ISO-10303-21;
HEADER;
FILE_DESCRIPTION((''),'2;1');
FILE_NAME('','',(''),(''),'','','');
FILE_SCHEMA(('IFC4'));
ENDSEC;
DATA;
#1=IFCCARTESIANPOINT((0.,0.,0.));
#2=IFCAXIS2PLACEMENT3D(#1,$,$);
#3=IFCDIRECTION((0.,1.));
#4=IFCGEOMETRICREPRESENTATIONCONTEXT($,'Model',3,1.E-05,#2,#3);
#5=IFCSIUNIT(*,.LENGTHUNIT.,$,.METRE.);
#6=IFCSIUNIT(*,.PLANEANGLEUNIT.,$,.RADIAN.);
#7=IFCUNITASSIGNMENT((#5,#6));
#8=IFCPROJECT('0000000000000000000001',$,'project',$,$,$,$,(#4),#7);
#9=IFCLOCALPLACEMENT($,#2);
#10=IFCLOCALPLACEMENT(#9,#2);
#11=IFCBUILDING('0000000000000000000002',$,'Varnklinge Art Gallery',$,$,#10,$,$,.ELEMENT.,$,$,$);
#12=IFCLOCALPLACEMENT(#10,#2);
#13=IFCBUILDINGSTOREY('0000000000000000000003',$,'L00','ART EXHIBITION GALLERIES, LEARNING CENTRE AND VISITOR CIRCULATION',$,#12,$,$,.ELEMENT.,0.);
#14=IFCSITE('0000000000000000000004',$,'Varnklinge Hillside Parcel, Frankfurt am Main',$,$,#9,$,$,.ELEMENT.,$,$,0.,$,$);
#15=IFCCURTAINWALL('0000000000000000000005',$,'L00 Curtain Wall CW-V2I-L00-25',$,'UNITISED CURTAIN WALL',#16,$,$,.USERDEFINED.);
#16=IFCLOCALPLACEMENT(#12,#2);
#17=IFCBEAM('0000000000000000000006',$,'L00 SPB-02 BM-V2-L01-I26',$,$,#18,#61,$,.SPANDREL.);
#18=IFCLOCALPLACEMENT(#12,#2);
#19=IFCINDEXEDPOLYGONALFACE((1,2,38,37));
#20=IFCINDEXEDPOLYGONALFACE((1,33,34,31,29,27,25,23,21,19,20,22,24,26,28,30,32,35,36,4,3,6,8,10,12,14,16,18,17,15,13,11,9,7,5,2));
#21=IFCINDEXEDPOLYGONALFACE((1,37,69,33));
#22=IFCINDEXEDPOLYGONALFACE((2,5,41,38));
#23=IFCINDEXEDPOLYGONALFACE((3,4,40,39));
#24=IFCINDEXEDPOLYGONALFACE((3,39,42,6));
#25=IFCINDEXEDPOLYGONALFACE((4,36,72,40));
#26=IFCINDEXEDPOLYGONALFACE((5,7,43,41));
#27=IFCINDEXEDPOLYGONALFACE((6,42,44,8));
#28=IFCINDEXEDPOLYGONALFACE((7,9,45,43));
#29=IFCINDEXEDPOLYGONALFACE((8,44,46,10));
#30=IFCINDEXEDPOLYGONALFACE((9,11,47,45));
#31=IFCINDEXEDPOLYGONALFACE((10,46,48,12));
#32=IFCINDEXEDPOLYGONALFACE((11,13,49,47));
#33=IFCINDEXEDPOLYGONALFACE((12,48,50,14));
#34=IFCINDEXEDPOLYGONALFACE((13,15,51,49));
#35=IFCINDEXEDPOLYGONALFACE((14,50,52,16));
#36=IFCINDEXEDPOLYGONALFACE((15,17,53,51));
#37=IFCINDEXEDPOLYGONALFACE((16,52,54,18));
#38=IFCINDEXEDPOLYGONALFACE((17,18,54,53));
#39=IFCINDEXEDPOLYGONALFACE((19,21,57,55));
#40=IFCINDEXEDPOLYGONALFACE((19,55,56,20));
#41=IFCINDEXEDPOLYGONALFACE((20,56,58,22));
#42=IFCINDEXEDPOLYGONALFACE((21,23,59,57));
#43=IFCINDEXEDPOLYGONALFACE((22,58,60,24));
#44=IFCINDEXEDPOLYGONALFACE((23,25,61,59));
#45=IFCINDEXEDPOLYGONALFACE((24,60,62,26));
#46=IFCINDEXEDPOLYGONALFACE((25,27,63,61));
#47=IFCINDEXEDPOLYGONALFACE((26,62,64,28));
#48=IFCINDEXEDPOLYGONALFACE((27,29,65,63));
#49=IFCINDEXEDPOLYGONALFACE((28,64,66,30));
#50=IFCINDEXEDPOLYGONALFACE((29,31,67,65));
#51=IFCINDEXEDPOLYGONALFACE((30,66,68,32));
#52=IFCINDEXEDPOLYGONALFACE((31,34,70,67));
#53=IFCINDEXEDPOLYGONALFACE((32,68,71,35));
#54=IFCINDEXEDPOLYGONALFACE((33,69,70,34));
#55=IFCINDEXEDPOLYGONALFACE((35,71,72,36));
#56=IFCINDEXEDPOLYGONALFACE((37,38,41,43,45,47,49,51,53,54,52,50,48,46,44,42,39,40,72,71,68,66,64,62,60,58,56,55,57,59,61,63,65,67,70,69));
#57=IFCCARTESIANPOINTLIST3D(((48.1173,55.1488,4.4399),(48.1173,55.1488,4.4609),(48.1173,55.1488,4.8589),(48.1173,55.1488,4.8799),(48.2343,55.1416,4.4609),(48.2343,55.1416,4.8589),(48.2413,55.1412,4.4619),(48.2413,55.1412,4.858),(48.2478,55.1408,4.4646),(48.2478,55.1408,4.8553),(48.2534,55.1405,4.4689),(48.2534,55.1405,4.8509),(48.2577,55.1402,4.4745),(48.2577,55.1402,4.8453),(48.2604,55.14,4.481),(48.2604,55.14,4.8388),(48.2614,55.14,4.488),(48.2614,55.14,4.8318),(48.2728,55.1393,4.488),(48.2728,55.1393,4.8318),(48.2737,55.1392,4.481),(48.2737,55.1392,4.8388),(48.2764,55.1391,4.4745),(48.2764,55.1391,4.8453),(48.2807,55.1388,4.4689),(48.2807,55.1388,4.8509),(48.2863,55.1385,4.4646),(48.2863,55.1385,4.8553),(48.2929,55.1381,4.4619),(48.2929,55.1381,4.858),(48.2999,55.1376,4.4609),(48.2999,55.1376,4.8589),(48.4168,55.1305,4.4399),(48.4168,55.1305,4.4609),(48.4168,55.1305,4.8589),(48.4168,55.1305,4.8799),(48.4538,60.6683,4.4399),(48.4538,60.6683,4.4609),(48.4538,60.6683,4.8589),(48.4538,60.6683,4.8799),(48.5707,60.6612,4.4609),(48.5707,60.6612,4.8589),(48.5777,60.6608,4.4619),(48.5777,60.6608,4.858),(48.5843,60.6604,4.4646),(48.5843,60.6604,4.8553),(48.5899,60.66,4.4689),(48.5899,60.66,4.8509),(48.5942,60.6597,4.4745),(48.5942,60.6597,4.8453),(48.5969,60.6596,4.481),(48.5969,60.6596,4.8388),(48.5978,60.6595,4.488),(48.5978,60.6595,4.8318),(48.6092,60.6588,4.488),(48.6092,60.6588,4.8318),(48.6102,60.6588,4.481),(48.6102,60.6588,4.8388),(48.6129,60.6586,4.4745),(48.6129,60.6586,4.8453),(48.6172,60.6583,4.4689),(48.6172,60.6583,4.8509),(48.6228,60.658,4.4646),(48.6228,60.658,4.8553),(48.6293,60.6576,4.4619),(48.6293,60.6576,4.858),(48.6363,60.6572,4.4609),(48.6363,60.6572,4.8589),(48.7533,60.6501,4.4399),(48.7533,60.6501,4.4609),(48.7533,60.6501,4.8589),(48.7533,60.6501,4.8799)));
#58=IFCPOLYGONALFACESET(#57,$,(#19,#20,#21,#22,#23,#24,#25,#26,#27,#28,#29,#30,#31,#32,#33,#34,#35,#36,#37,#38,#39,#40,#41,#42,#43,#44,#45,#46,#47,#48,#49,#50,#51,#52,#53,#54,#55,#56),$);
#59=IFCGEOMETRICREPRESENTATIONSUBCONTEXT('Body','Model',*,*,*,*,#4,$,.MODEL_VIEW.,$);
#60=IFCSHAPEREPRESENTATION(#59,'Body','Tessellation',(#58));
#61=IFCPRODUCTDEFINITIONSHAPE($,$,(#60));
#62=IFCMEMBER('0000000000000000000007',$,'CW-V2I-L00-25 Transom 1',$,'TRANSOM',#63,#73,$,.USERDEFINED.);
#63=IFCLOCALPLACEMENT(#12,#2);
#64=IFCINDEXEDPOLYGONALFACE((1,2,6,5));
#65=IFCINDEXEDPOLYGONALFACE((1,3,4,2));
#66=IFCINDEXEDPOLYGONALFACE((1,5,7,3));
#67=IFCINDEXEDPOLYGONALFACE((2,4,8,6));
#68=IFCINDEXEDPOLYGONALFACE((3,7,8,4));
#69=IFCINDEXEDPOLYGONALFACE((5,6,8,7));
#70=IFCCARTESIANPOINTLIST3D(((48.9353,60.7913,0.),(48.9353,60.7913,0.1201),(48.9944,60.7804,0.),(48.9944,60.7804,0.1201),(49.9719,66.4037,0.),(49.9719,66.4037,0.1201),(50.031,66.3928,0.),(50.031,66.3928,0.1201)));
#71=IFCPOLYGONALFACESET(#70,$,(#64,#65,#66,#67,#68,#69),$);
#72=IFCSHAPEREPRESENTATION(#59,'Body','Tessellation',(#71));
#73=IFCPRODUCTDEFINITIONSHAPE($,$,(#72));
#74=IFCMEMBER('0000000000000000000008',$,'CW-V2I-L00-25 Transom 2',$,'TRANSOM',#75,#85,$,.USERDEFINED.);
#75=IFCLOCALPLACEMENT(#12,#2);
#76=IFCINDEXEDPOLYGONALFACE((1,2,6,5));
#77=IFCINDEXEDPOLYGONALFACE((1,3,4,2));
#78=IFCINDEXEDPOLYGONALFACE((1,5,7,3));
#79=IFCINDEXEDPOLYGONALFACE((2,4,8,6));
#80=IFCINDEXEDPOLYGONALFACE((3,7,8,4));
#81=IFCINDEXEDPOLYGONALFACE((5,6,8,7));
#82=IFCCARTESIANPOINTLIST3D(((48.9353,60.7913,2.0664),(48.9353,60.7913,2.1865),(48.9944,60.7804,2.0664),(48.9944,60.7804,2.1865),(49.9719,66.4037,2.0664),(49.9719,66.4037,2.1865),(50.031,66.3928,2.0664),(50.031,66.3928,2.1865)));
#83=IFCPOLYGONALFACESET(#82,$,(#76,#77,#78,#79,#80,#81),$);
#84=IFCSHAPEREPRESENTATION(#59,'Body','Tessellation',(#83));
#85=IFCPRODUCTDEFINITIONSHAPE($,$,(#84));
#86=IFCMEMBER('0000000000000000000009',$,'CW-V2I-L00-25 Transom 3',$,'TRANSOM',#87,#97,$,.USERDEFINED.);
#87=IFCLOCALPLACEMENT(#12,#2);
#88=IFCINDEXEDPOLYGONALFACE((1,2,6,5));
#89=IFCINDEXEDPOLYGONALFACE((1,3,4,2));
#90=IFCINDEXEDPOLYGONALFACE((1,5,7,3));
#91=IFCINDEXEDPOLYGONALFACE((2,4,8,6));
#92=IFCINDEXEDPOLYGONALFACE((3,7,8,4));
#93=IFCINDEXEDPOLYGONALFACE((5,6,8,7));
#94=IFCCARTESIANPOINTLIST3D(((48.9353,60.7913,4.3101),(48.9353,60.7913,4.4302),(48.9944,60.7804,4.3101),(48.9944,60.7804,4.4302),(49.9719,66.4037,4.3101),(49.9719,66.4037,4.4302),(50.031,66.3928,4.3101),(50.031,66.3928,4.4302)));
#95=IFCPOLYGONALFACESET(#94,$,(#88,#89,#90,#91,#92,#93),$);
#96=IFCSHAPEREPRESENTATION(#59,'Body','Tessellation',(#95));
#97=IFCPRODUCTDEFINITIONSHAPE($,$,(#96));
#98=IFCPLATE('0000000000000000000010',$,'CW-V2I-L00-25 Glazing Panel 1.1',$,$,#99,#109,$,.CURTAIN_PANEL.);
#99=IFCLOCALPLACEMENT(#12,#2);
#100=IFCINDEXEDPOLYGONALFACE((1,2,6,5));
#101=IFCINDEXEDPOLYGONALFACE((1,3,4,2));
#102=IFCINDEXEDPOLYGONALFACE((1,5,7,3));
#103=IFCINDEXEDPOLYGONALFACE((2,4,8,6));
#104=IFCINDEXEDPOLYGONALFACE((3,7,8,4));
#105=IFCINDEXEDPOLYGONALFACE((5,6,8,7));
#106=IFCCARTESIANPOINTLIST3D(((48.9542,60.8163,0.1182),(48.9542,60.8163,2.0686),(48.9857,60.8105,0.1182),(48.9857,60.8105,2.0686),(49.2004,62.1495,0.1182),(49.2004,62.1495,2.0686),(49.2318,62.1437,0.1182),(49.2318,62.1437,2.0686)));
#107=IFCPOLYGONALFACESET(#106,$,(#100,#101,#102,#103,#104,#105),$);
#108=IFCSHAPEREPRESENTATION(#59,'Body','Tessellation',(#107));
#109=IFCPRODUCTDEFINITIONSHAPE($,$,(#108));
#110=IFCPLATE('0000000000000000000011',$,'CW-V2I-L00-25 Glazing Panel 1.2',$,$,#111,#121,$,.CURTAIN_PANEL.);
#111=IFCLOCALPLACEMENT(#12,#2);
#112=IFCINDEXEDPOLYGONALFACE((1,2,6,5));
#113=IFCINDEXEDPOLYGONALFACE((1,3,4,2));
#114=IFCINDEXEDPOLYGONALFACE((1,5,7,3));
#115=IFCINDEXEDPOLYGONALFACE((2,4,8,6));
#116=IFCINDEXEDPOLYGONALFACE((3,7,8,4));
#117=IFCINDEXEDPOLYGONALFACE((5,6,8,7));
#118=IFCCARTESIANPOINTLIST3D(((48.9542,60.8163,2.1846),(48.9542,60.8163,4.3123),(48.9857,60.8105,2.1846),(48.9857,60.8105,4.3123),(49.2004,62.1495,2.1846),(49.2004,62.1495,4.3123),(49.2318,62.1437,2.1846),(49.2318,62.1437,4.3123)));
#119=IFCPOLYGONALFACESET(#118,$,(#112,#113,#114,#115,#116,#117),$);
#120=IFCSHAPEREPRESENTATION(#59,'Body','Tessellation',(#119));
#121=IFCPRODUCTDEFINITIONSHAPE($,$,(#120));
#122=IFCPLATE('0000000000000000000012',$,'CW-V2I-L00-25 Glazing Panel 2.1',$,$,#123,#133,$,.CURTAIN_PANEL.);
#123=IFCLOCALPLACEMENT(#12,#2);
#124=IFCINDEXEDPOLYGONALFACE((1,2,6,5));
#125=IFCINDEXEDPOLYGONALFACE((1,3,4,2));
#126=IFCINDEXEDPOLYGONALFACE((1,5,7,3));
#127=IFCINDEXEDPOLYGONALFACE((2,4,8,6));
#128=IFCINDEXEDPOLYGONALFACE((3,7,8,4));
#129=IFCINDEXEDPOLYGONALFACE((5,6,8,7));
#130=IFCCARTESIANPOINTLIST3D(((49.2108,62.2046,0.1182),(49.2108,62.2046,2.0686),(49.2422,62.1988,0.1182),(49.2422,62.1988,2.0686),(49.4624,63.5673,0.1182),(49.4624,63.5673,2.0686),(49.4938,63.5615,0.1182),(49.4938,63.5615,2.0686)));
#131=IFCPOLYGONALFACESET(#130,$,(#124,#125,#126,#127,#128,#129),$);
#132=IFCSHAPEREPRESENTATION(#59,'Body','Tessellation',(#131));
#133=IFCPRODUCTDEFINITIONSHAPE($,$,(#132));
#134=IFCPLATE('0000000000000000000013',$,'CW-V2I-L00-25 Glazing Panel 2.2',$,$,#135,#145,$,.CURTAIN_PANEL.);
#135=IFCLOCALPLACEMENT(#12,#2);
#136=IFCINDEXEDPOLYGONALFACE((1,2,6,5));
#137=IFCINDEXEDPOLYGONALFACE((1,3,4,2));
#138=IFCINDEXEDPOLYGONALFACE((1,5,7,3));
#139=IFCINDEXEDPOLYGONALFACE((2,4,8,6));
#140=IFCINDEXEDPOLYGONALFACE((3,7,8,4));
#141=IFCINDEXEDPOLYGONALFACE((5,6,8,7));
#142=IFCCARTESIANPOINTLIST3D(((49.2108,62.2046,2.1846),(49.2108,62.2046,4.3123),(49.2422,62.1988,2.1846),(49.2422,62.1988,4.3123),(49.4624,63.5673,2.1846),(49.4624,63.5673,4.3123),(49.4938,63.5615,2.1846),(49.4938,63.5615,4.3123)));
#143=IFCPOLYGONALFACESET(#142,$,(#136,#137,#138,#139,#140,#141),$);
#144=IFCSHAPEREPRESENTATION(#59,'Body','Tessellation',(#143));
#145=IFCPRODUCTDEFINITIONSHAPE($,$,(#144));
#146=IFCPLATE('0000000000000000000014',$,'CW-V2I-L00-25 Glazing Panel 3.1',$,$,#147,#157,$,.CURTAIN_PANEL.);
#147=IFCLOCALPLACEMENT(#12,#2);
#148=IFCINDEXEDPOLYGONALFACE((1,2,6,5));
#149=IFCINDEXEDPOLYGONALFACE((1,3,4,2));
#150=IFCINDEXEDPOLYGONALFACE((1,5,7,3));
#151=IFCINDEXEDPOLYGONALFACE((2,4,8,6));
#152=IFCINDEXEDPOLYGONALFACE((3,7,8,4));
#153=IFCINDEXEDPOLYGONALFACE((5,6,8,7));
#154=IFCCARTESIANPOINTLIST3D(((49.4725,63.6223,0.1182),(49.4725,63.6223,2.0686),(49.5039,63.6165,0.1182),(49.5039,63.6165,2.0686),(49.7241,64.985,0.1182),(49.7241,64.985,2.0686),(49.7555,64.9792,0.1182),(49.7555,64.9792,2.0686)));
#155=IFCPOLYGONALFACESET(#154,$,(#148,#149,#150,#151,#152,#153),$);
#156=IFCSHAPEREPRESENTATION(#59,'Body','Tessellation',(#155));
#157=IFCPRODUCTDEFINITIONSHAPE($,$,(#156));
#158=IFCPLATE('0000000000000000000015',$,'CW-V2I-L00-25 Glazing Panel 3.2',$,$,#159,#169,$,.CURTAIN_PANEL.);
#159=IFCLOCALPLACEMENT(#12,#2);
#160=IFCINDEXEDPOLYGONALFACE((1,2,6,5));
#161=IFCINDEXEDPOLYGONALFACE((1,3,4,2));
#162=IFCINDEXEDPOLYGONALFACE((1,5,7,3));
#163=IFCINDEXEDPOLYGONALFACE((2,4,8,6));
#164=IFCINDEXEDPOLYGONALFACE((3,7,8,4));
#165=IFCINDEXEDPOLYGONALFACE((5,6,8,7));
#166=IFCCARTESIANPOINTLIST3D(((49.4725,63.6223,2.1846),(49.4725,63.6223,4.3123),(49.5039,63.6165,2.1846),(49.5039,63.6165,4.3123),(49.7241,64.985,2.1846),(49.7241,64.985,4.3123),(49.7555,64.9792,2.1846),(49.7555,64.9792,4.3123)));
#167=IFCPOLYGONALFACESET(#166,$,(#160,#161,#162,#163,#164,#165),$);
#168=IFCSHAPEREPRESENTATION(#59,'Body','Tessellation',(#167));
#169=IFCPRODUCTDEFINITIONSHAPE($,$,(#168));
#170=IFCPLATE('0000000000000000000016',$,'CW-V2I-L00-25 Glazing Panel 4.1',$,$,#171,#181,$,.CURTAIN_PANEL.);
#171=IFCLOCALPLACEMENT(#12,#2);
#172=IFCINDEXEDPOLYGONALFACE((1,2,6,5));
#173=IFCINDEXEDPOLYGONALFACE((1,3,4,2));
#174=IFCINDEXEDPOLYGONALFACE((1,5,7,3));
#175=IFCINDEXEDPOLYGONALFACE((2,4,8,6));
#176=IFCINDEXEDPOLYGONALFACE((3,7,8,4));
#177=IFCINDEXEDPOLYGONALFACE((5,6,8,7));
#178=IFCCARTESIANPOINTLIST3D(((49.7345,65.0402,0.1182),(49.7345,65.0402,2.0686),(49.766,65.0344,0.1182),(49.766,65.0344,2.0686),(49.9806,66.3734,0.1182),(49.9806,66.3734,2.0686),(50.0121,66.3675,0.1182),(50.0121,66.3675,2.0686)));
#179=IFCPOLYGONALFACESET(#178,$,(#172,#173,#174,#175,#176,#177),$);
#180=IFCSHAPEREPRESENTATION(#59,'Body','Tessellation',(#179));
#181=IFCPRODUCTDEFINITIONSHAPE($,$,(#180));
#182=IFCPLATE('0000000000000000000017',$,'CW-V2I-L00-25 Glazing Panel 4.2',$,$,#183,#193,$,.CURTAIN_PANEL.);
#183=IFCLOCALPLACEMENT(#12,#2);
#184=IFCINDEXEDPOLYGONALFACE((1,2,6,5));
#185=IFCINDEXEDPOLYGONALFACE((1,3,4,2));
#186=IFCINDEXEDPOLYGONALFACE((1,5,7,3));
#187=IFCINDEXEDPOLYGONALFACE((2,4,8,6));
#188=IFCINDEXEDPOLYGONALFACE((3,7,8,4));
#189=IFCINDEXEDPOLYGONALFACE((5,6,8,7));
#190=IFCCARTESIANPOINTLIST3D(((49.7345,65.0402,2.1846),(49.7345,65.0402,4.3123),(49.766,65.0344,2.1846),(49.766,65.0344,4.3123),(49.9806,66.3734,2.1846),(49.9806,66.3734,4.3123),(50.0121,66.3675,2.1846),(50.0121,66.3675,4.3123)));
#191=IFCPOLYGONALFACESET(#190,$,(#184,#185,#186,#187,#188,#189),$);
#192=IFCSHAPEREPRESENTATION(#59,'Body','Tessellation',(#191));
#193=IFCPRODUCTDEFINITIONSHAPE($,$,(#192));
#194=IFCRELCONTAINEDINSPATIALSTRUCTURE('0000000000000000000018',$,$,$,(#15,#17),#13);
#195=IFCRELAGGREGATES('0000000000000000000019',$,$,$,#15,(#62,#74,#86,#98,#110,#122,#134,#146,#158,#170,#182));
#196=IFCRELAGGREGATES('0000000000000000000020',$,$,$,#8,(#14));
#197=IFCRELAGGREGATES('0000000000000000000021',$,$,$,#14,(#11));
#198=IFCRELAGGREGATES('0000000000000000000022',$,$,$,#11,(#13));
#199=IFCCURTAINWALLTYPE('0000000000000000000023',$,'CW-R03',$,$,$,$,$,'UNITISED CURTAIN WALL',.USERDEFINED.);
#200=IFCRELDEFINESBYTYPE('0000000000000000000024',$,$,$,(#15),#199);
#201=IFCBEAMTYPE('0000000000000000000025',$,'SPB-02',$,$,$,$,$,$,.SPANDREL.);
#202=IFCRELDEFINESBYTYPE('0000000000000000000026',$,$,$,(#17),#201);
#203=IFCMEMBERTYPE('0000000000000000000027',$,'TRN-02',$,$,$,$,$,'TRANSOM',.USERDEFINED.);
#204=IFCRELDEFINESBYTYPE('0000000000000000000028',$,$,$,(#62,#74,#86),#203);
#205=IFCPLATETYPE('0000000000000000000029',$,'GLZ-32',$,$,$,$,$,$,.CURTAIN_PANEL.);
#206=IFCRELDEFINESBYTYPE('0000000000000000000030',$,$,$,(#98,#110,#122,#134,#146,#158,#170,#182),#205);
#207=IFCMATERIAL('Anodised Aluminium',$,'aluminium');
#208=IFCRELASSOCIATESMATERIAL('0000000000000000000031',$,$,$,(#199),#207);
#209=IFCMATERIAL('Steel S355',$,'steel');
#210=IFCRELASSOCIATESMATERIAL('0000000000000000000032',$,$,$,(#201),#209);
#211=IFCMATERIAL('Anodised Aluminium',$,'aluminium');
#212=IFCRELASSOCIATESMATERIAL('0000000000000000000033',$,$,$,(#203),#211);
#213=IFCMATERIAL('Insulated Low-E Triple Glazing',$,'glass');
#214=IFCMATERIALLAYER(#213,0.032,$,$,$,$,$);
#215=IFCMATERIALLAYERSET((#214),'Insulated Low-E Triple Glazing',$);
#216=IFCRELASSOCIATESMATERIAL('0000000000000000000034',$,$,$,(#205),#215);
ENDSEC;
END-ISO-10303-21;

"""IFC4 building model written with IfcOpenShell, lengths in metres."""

from ifc_helpers import new_model, si_unit, direction, frame, origin, origin_2d, place, context, subcontext, project, spatial, rectangle, i_section, extrude, material, layer, layer_set, material_profile, profile_set, type_object, element, aggregate, save


model = new_model("IFC4")

# Units and contexts
model_context = context("Model", 3, precision=1e-05, world=origin(), true_north=direction((0.0, 1.0)))
body_context = subcontext(model_context, "Body", "Model", "MODEL_VIEW")
ifc_project = project(units=[si_unit("LENGTHUNIT", "METRE"), si_unit("PLANEANGLEUNIT", "RADIAN")], contexts=[model_context])

# Site, building, storey
site_placement = place(None, origin())
site = spatial("IfcSite", under=ifc_project, at=site_placement, Name="Varnklinge Hillside Parcel, Frankfurt am Main", CompositionType="ELEMENT", RefElevation=0.0)
building_placement = place(site_placement, origin())
building = spatial("IfcBuilding", under=site, at=building_placement, Name="Varnklinge Art Gallery", CompositionType="ELEMENT")
storey_placement = place(building_placement, origin())
storey = spatial("IfcBuildingStorey", under=building, at=storey_placement, Name="L00", Description="ART EXHIBITION GALLERIES, LEARNING CENTRE AND VISITOR CIRCULATION", CompositionType="ELEMENT", Elevation=0.0)

# Curtain wall
ifc_material_1 = material(Name="Anodised Aluminium", Category="aluminium")
curtain_wall_type = type_object("IfcCurtainWallType", Name="CW-R03", ElementType="UNITISED CURTAIN WALL", PredefinedType="USERDEFINED", material=ifc_material_1)
curtain_wall_1_placement = place(storey_placement, origin())
curtain_wall_1 = element("IfcCurtainWall", 1, at=curtain_wall_1_placement, inside=storey, type_object=curtain_wall_type, Name="L00 Curtain Wall CW-V2I-L00-25", ObjectType="UNITISED CURTAIN WALL", PredefinedType="USERDEFINED")

# Beam
ifc_material_2 = material(Name="Steel S355", Category="steel")
ifc_material_profile_1 = material_profile(ifc_material_2, i_section(OverallWidth=0.3, OverallDepth=0.4399, WebThickness=0.0115, FlangeThickness=0.021, FilletRadius=0.0271, at=origin_2d()), Name="HEA 450")
ifc_profile_set_1 = profile_set([ifc_material_profile_1], Name="Steel S355")
beam_type_1 = type_object("IfcBeamType", Name="SPB-02", PredefinedType="SPANDREL", material=ifc_profile_set_1)
beam_1_placement = place(storey_placement, frame((48.6035, 60.6592, 4.6599), z_axis=(-0.060839, -0.998148, 0.0), x_axis=(0.998148, -0.060839, 0.0)))
element("IfcBeam", 2, at=beam_1_placement, inside=storey, type_object=beam_type_1, Name="L00 SPB-02 BM-V2-L01-I26", PredefinedType="SPANDREL", context=body_context, shape_type="SweptSolid", body=[
    extrude(i_section(OverallWidth=0.3, OverallDepth=0.4399, WebThickness=0.0115, FlangeThickness=0.021, FilletRadius=0.0271, at=origin_2d()), origin(), (0.0, 0.0, 1.0), 5.5298),
])

# Members
ifc_material_3 = material(Name="Anodised Aluminium", Category="aluminium")
ifc_material_profile_2 = material_profile(ifc_material_3, rectangle(XDim=0.0601, YDim=0.1201, at=origin_2d()), Name="ALU 60x120")
ifc_profile_set_2 = profile_set([ifc_material_profile_2], Name="Anodised Aluminium")
member_type_1 = type_object("IfcMemberType", Name="TRN-02", ElementType="TRANSOM", PredefinedType="USERDEFINED", material=ifc_profile_set_2)
member_1_placement = place(storey_placement, frame((48.9648, 60.7859, 0.0601), z_axis=(0.181633, 0.983366, 0.0), x_axis=(-0.983366, 0.181633, 0.0)))
member_1 = element("IfcMember", 3, at=member_1_placement, type_object=member_type_1, Name="CW-V2I-L00-25 Transom 1", ObjectType="TRANSOM", PredefinedType="USERDEFINED", context=body_context, shape_type="SweptSolid", body=[
    extrude(rectangle(XDim=0.0601, YDim=0.1201, at=origin_2d()), origin(), (0.0, 0.0, 1.0), 5.7073),
])
member_2_placement = place(storey_placement, frame((48.9648, 60.7859, 2.1265), z_axis=(0.181633, 0.983366, 0.0), x_axis=(-0.983366, 0.181633, 0.0)))
member_2 = element("IfcMember", 4, at=member_2_placement, type_object=member_type_1, Name="CW-V2I-L00-25 Transom 2", ObjectType="TRANSOM", PredefinedType="USERDEFINED", context=body_context, shape_type="SweptSolid", body=[
    extrude(rectangle(XDim=0.0601, YDim=0.1201, at=origin_2d()), origin(), (0.0, 0.0, 1.0), 5.7073),
])
member_3_placement = place(storey_placement, frame((48.9648, 60.7859, 4.3701), z_axis=(0.181633, 0.983366, 0.0), x_axis=(-0.983366, 0.181633, 0.0)))
member_3 = element("IfcMember", 5, at=member_3_placement, type_object=member_type_1, Name="CW-V2I-L00-25 Transom 3", ObjectType="TRANSOM", PredefinedType="USERDEFINED", context=body_context, shape_type="SweptSolid", body=[
    extrude(rectangle(XDim=0.0601, YDim=0.1201, at=origin_2d()), origin(), (0.0, 0.0, 1.0), 5.7073),
])

# Plates
ifc_material_4 = material(Name="Insulated Low-E Triple Glazing", Category="glass")
ifc_layer_1 = layer(ifc_material_4, 0.032)
ifc_layer_set_1 = layer_set([ifc_layer_1], Name="Insulated Low-E Triple Glazing")
plate_type = type_object("IfcPlateType", Name="GLZ-32", PredefinedType="CURTAIN_PANEL", material=ifc_layer_set_1)
plate_1_placement = place(storey_placement, frame((49.093, 61.48, 0.1182), z_axis=(0.0, 0.0, 1.0), x_axis=(0.181549, 0.983382, 0.0)))
plate_1 = element("IfcPlate", 6, at=plate_1_placement, type_object=plate_type, Name="CW-V2I-L00-25 Glazing Panel 1.1", PredefinedType="CURTAIN_PANEL", context=body_context, shape_type="SweptSolid", body=[
    extrude(rectangle(XDim=1.3557, YDim=0.032, at=origin_2d()), origin(), (0.0, 0.0, 1.0), 1.9504),
])
plate_2_placement = place(storey_placement, frame((49.093, 61.48, 2.1846), z_axis=(0.0, 0.0, 1.0), x_axis=(0.181549, 0.983382, 0.0)))
plate_2 = element("IfcPlate", 7, at=plate_2_placement, type_object=plate_type, Name="CW-V2I-L00-25 Glazing Panel 1.2", PredefinedType="CURTAIN_PANEL", context=body_context, shape_type="SweptSolid", body=[
    extrude(rectangle(XDim=1.3557, YDim=0.032, at=origin_2d()), origin(), (0.0, 0.0, 1.0), 2.1277),
])
plate_3_placement = place(storey_placement, frame((49.3523, 62.8831, 0.1182), z_axis=(0.0, 0.0, 1.0), x_axis=(0.181549, 0.983382, 0.0)))
plate_3 = element("IfcPlate", 8, at=plate_3_placement, type_object=plate_type, Name="CW-V2I-L00-25 Glazing Panel 2.1", PredefinedType="CURTAIN_PANEL", context=body_context, shape_type="SweptSolid", body=[
    extrude(rectangle(XDim=1.3857, YDim=0.032, at=origin_2d()), origin(), (0.0, 0.0, 1.0), 1.9504),
])
plate_4_placement = place(storey_placement, frame((49.3523, 62.8831, 2.1846), z_axis=(0.0, 0.0, 1.0), x_axis=(0.181549, 0.983382, 0.0)))
plate_4 = element("IfcPlate", 9, at=plate_4_placement, type_object=plate_type, Name="CW-V2I-L00-25 Glazing Panel 2.2", PredefinedType="CURTAIN_PANEL", context=body_context, shape_type="SweptSolid", body=[
    extrude(rectangle(XDim=1.3857, YDim=0.032, at=origin_2d()), origin(), (0.0, 0.0, 1.0), 2.1277),
])
plate_5_placement = place(storey_placement, frame((49.614, 64.3008, 0.1182), z_axis=(0.0, 0.0, 1.0), x_axis=(0.181549, 0.983382, 0.0)))
plate_5 = element("IfcPlate", 10, at=plate_5_placement, type_object=plate_type, Name="CW-V2I-L00-25 Glazing Panel 3.1", PredefinedType="CURTAIN_PANEL", context=body_context, shape_type="SweptSolid", body=[
    extrude(rectangle(XDim=1.3857, YDim=0.032, at=origin_2d()), origin(), (0.0, 0.0, 1.0), 1.9504),
])
plate_6_placement = place(storey_placement, frame((49.614, 64.3008, 2.1846), z_axis=(0.0, 0.0, 1.0), x_axis=(0.181549, 0.983382, 0.0)))
plate_6 = element("IfcPlate", 11, at=plate_6_placement, type_object=plate_type, Name="CW-V2I-L00-25 Glazing Panel 3.2", PredefinedType="CURTAIN_PANEL", context=body_context, shape_type="SweptSolid", body=[
    extrude(rectangle(XDim=1.3857, YDim=0.032, at=origin_2d()), origin(), (0.0, 0.0, 1.0), 2.1277),
])
plate_7_placement = place(storey_placement, frame((49.8733, 65.7039, 0.1182), z_axis=(0.0, 0.0, 1.0), x_axis=(0.181549, 0.983382, 0.0)))
plate_7 = element("IfcPlate", 12, at=plate_7_placement, type_object=plate_type, Name="CW-V2I-L00-25 Glazing Panel 4.1", PredefinedType="CURTAIN_PANEL", context=body_context, shape_type="SweptSolid", body=[
    extrude(rectangle(XDim=1.3557, YDim=0.032, at=origin_2d()), origin(), (0.0, 0.0, 1.0), 1.9504),
])
plate_8_placement = place(storey_placement, frame((49.8733, 65.7039, 2.1846), z_axis=(0.0, 0.0, 1.0), x_axis=(0.181549, 0.983382, 0.0)))
plate_8 = element("IfcPlate", 13, at=plate_8_placement, type_object=plate_type, Name="CW-V2I-L00-25 Glazing Panel 4.2", PredefinedType="CURTAIN_PANEL", context=body_context, shape_type="SweptSolid", body=[
    extrude(rectangle(XDim=1.3557, YDim=0.032, at=origin_2d()), origin(), (0.0, 0.0, 1.0), 2.1277),
])
aggregate(curtain_wall_1, [member_1, member_2, member_3, plate_1, plate_2, plate_3, plate_4, plate_5, plate_6, plate_7, plate_8])

save(model, "model.ifc")
